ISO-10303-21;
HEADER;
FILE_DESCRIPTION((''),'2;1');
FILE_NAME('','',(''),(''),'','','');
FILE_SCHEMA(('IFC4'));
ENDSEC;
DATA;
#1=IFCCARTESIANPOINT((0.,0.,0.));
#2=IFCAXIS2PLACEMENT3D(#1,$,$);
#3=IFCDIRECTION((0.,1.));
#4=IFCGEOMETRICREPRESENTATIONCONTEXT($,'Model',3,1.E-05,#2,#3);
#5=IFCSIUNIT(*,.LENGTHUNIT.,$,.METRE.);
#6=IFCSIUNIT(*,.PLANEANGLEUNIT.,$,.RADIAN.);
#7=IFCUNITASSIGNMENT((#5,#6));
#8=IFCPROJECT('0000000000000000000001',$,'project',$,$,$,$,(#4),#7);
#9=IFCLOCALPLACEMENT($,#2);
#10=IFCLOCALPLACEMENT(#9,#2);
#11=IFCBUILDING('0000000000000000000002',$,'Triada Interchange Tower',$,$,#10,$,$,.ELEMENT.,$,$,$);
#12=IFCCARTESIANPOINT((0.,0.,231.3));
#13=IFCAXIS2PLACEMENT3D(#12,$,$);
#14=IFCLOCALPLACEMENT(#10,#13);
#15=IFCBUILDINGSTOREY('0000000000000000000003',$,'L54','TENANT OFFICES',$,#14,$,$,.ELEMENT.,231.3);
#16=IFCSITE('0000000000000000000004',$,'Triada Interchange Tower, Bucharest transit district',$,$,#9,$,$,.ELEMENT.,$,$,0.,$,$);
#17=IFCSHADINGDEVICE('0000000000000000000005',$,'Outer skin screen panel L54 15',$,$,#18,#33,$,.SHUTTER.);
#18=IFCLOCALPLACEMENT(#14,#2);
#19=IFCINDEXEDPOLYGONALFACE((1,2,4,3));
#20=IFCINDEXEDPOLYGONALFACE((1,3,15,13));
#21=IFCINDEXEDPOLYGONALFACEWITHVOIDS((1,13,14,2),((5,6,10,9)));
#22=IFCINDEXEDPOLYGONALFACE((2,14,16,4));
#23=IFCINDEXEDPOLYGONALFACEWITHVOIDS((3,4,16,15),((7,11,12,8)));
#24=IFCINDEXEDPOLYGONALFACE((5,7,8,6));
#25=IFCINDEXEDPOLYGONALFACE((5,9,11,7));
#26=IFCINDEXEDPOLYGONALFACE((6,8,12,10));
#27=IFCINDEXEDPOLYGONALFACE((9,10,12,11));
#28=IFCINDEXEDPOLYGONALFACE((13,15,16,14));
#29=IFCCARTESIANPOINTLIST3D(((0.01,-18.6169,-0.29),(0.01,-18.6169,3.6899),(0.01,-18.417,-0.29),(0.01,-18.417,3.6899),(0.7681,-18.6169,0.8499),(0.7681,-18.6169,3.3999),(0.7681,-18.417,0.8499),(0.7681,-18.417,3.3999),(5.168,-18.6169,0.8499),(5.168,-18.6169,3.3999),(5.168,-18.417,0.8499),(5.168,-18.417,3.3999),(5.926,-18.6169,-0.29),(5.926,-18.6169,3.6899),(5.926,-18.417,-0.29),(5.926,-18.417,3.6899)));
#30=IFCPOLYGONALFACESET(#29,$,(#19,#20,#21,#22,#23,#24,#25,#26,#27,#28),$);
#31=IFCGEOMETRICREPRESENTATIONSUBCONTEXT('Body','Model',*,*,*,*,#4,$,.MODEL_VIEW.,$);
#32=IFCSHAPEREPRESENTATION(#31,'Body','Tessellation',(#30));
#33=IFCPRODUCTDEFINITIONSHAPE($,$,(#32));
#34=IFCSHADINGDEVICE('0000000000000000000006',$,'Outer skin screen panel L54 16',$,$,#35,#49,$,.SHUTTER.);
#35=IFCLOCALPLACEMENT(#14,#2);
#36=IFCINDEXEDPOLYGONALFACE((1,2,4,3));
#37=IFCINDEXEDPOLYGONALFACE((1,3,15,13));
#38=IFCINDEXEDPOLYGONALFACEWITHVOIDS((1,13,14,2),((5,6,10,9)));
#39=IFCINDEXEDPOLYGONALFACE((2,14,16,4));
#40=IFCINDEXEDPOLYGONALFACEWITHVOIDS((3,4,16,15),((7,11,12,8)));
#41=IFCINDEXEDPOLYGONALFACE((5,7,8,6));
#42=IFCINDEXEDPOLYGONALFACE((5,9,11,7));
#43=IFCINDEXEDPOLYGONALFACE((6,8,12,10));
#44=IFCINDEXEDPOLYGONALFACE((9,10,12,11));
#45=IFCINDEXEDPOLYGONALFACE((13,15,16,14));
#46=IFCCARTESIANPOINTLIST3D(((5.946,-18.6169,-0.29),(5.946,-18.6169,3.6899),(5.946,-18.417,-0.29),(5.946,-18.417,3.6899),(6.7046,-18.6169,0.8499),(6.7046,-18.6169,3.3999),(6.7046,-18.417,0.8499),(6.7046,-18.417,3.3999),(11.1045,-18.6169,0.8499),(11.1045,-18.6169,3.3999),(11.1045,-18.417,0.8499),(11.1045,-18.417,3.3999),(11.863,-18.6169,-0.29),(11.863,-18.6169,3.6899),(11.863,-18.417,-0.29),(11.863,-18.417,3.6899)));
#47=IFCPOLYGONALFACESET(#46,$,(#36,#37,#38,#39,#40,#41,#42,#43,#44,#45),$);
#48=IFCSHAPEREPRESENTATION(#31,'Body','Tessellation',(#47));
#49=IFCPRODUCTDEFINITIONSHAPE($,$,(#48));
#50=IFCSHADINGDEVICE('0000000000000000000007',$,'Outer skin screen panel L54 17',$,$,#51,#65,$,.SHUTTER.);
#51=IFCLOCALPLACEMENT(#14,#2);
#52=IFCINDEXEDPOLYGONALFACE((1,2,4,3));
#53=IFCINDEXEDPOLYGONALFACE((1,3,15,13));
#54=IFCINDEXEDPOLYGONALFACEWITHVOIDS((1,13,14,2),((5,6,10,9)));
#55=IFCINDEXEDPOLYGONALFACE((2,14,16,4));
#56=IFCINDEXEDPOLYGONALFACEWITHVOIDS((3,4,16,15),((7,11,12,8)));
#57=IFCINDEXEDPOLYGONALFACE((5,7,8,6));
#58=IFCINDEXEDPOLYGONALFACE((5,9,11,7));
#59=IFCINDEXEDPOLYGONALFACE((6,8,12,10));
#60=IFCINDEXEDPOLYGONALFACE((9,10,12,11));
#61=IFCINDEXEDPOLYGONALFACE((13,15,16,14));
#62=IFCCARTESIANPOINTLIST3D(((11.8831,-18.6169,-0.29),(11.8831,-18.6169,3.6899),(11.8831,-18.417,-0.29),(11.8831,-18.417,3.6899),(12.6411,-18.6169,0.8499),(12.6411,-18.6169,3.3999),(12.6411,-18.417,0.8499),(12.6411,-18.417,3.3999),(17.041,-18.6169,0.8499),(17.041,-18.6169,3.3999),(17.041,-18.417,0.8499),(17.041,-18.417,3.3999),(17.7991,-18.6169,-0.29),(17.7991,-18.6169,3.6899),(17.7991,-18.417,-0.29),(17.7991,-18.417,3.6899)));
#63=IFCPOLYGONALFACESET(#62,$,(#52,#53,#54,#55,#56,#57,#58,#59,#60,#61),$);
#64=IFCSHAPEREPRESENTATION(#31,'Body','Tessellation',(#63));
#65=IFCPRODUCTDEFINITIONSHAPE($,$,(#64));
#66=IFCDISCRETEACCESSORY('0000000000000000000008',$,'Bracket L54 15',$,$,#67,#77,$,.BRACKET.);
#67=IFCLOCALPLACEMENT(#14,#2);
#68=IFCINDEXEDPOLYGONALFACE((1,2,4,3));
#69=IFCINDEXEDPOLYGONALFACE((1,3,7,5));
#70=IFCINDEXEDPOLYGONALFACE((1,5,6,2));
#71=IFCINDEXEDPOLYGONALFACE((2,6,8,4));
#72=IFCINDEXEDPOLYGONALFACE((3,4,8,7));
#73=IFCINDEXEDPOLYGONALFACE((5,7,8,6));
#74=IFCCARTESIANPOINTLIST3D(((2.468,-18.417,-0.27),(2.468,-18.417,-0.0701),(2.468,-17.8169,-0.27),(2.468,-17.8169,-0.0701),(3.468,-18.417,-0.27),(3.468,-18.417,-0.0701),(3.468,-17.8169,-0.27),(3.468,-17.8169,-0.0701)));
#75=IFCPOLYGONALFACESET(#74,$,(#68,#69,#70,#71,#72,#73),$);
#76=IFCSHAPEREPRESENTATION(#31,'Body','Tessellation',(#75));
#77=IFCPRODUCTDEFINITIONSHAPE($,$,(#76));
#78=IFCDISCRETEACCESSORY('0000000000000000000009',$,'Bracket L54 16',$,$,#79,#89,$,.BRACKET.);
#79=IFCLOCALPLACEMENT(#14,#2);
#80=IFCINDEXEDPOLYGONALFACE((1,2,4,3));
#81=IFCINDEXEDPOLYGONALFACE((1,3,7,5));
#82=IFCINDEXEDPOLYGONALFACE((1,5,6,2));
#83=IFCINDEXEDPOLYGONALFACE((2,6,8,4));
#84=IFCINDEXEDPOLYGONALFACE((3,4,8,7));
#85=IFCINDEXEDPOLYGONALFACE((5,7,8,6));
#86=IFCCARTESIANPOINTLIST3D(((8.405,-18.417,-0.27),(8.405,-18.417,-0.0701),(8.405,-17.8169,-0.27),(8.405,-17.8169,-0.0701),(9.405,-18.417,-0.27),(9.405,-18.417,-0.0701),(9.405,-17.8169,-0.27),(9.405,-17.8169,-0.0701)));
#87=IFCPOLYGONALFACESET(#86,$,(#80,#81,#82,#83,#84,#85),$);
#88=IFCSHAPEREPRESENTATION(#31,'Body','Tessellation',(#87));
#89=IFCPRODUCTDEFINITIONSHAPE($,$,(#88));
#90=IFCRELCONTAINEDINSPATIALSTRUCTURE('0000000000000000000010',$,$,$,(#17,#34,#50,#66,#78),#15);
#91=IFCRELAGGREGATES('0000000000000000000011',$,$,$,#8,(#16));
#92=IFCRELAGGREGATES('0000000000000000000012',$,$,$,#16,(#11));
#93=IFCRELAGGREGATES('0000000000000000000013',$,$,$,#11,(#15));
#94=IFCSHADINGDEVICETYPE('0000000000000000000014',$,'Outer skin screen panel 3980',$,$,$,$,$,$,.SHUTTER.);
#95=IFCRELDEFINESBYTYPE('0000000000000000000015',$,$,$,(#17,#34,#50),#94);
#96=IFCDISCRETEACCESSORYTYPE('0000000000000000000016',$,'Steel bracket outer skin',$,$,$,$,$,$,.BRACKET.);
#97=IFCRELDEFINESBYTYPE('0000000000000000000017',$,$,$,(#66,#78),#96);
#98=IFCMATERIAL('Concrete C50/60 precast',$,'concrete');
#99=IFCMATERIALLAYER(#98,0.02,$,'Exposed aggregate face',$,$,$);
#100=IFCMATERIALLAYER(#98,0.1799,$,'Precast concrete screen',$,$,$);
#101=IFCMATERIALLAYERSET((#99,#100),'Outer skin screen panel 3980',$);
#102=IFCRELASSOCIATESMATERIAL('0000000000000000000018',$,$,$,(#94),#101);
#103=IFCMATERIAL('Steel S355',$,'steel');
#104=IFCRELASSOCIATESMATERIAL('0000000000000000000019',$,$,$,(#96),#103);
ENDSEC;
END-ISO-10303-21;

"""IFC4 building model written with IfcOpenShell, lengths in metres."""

from ifc_helpers import new_model, si_unit, direction, frame, origin, origin_2d, place, context, subcontext, project, spatial, polyline, rectangle, outline, extrude, material, layer, layer_set, type_object, element, save


model = new_model("IFC4")

# Units and contexts
model_context = context("Model", 3, precision=1e-05, world=origin(), true_north=direction((0.0, 1.0)))
body_context = subcontext(model_context, "Body", "Model", "MODEL_VIEW")
ifc_project = project(units=[si_unit("LENGTHUNIT", "METRE"), si_unit("PLANEANGLEUNIT", "RADIAN")], contexts=[model_context])

# Site, building, storey
site_placement = place(None, origin())
site = spatial("IfcSite", under=ifc_project, at=site_placement, Name="Triada Interchange Tower, Bucharest transit district", CompositionType="ELEMENT", RefElevation=0.0)
building_placement = place(site_placement, origin())
building = spatial("IfcBuilding", under=site, at=building_placement, Name="Triada Interchange Tower", CompositionType="ELEMENT")
storey_placement = place(building_placement, frame((0.0, 0.0, 231.3)))
storey = spatial("IfcBuildingStorey", under=building, at=storey_placement, Name="L54", Description="TENANT OFFICES", CompositionType="ELEMENT", Elevation=231.3)

# Shading devices
ifc_material_1 = material(Name="Concrete C50/60 precast", Category="concrete")
ifc_layer_1 = layer(ifc_material_1, 0.02, Name="Exposed aggregate face")
ifc_layer_2 = layer(ifc_material_1, 0.1799, Name="Precast concrete screen")
ifc_layer_set_1 = layer_set([ifc_layer_1, ifc_layer_2], Name="Outer skin screen panel 3980")
shading_device_type = type_object("IfcShadingDeviceType", Name="Outer skin screen panel 3980", PredefinedType="SHUTTER", material=ifc_layer_set_1)
shading_device_1_placement = place(storey_placement, frame((0.01, -18.417, -0.29), z_axis=(0.0, 0.0, 1.0), x_axis=(1.0, 0.0, 0.0)))
element("IfcShadingDevice", 1, at=shading_device_1_placement, inside=storey, type_object=shading_device_type, Name="Outer skin screen panel L54 15", PredefinedType="SHUTTER", context=body_context, shape_type="SweptSolid", body=[
    extrude(outline(polyline([(0.0, 0.0), (5.916, 0.0), (5.916, 3.98), (0.0, 3.98), (0.0, 0.0)]), holes=[polyline([(0.7581, 1.1399), (0.7581, 3.6899), (5.158, 3.6899), (5.158, 1.1399), (0.7581, 1.1399)])]), frame((0.0, 0.0, 0.0), z_axis=(0.0, -1.0, 0.0), x_axis=(1.0, 0.0, 0.0)), (0.0, 0.0, 1.0), 0.2),
])
shading_device_2_placement = place(storey_placement, frame((5.946, -18.417, -0.29), z_axis=(0.0, 0.0, 1.0), x_axis=(1.0, 0.0, 0.0)))
element("IfcShadingDevice", 2, at=shading_device_2_placement, inside=storey, type_object=shading_device_type, Name="Outer skin screen panel L54 16", PredefinedType="SHUTTER", context=body_context, shape_type="SweptSolid", body=[
    extrude(outline(polyline([(0.0, 0.0), (5.917, 0.0), (5.917, 3.98), (0.0, 3.98), (0.0, 0.0)]), holes=[polyline([(0.7585, 1.1399), (0.7585, 3.6899), (5.1584, 3.6899), (5.1584, 1.1399), (0.7585, 1.1399)])]), frame((0.0, 0.0, 0.0), z_axis=(0.0, -1.0, 0.0), x_axis=(1.0, 0.0, 0.0)), (0.0, 0.0, 1.0), 0.2),
])
shading_device_3_placement = place(storey_placement, frame((11.8831, -18.417, -0.29), z_axis=(0.0, 0.0, 1.0), x_axis=(1.0, 0.0, 0.0)))
element("IfcShadingDevice", 3, at=shading_device_3_placement, inside=storey, type_object=shading_device_type, Name="Outer skin screen panel L54 17", PredefinedType="SHUTTER", context=body_context, shape_type="SweptSolid", body=[
    extrude(outline(polyline([(0.0, 0.0), (5.916, 0.0), (5.916, 3.98), (0.0, 3.98), (0.0, 0.0)]), holes=[polyline([(0.7581, 1.1399), (0.7581, 3.6899), (5.158, 3.6899), (5.158, 1.1399), (0.7581, 1.1399)])]), frame((0.0, 0.0, 0.0), z_axis=(0.0, -1.0, 0.0), x_axis=(1.0, 0.0, 0.0)), (0.0, 0.0, 1.0), 0.2),
])

# Discrete accessories
ifc_material_2 = material(Name="Steel S355", Category="steel")
discrete_accessory_type = type_object("IfcDiscreteAccessoryType", Name="Steel bracket outer skin", PredefinedType="BRACKET", material=ifc_material_2)
for number, where, z_axis, x_axis, name in (
    (4, (2.968, -18.1169, -0.27), (0.0, 0.0, 1.0), (0.0, -1.0, 0.0), "Bracket L54 15"),
    (5, (8.905, -18.1169, -0.27), (0.0, 0.0, 1.0), (0.0, -1.0, 0.0), "Bracket L54 16"),
):
    element("IfcDiscreteAccessory", number, at=place(storey_placement, frame(where, z_axis=z_axis, x_axis=x_axis)), inside=storey, type_object=discrete_accessory_type, Name=name, PredefinedType="BRACKET", context=body_context, shape_type="SweptSolid", body=[
        extrude(rectangle(XDim=0.6001, YDim=1.0, at=origin_2d()), origin(), (0.0, 0.0, 1.0), 0.2),
    ])

save(model, "model.ifc")
